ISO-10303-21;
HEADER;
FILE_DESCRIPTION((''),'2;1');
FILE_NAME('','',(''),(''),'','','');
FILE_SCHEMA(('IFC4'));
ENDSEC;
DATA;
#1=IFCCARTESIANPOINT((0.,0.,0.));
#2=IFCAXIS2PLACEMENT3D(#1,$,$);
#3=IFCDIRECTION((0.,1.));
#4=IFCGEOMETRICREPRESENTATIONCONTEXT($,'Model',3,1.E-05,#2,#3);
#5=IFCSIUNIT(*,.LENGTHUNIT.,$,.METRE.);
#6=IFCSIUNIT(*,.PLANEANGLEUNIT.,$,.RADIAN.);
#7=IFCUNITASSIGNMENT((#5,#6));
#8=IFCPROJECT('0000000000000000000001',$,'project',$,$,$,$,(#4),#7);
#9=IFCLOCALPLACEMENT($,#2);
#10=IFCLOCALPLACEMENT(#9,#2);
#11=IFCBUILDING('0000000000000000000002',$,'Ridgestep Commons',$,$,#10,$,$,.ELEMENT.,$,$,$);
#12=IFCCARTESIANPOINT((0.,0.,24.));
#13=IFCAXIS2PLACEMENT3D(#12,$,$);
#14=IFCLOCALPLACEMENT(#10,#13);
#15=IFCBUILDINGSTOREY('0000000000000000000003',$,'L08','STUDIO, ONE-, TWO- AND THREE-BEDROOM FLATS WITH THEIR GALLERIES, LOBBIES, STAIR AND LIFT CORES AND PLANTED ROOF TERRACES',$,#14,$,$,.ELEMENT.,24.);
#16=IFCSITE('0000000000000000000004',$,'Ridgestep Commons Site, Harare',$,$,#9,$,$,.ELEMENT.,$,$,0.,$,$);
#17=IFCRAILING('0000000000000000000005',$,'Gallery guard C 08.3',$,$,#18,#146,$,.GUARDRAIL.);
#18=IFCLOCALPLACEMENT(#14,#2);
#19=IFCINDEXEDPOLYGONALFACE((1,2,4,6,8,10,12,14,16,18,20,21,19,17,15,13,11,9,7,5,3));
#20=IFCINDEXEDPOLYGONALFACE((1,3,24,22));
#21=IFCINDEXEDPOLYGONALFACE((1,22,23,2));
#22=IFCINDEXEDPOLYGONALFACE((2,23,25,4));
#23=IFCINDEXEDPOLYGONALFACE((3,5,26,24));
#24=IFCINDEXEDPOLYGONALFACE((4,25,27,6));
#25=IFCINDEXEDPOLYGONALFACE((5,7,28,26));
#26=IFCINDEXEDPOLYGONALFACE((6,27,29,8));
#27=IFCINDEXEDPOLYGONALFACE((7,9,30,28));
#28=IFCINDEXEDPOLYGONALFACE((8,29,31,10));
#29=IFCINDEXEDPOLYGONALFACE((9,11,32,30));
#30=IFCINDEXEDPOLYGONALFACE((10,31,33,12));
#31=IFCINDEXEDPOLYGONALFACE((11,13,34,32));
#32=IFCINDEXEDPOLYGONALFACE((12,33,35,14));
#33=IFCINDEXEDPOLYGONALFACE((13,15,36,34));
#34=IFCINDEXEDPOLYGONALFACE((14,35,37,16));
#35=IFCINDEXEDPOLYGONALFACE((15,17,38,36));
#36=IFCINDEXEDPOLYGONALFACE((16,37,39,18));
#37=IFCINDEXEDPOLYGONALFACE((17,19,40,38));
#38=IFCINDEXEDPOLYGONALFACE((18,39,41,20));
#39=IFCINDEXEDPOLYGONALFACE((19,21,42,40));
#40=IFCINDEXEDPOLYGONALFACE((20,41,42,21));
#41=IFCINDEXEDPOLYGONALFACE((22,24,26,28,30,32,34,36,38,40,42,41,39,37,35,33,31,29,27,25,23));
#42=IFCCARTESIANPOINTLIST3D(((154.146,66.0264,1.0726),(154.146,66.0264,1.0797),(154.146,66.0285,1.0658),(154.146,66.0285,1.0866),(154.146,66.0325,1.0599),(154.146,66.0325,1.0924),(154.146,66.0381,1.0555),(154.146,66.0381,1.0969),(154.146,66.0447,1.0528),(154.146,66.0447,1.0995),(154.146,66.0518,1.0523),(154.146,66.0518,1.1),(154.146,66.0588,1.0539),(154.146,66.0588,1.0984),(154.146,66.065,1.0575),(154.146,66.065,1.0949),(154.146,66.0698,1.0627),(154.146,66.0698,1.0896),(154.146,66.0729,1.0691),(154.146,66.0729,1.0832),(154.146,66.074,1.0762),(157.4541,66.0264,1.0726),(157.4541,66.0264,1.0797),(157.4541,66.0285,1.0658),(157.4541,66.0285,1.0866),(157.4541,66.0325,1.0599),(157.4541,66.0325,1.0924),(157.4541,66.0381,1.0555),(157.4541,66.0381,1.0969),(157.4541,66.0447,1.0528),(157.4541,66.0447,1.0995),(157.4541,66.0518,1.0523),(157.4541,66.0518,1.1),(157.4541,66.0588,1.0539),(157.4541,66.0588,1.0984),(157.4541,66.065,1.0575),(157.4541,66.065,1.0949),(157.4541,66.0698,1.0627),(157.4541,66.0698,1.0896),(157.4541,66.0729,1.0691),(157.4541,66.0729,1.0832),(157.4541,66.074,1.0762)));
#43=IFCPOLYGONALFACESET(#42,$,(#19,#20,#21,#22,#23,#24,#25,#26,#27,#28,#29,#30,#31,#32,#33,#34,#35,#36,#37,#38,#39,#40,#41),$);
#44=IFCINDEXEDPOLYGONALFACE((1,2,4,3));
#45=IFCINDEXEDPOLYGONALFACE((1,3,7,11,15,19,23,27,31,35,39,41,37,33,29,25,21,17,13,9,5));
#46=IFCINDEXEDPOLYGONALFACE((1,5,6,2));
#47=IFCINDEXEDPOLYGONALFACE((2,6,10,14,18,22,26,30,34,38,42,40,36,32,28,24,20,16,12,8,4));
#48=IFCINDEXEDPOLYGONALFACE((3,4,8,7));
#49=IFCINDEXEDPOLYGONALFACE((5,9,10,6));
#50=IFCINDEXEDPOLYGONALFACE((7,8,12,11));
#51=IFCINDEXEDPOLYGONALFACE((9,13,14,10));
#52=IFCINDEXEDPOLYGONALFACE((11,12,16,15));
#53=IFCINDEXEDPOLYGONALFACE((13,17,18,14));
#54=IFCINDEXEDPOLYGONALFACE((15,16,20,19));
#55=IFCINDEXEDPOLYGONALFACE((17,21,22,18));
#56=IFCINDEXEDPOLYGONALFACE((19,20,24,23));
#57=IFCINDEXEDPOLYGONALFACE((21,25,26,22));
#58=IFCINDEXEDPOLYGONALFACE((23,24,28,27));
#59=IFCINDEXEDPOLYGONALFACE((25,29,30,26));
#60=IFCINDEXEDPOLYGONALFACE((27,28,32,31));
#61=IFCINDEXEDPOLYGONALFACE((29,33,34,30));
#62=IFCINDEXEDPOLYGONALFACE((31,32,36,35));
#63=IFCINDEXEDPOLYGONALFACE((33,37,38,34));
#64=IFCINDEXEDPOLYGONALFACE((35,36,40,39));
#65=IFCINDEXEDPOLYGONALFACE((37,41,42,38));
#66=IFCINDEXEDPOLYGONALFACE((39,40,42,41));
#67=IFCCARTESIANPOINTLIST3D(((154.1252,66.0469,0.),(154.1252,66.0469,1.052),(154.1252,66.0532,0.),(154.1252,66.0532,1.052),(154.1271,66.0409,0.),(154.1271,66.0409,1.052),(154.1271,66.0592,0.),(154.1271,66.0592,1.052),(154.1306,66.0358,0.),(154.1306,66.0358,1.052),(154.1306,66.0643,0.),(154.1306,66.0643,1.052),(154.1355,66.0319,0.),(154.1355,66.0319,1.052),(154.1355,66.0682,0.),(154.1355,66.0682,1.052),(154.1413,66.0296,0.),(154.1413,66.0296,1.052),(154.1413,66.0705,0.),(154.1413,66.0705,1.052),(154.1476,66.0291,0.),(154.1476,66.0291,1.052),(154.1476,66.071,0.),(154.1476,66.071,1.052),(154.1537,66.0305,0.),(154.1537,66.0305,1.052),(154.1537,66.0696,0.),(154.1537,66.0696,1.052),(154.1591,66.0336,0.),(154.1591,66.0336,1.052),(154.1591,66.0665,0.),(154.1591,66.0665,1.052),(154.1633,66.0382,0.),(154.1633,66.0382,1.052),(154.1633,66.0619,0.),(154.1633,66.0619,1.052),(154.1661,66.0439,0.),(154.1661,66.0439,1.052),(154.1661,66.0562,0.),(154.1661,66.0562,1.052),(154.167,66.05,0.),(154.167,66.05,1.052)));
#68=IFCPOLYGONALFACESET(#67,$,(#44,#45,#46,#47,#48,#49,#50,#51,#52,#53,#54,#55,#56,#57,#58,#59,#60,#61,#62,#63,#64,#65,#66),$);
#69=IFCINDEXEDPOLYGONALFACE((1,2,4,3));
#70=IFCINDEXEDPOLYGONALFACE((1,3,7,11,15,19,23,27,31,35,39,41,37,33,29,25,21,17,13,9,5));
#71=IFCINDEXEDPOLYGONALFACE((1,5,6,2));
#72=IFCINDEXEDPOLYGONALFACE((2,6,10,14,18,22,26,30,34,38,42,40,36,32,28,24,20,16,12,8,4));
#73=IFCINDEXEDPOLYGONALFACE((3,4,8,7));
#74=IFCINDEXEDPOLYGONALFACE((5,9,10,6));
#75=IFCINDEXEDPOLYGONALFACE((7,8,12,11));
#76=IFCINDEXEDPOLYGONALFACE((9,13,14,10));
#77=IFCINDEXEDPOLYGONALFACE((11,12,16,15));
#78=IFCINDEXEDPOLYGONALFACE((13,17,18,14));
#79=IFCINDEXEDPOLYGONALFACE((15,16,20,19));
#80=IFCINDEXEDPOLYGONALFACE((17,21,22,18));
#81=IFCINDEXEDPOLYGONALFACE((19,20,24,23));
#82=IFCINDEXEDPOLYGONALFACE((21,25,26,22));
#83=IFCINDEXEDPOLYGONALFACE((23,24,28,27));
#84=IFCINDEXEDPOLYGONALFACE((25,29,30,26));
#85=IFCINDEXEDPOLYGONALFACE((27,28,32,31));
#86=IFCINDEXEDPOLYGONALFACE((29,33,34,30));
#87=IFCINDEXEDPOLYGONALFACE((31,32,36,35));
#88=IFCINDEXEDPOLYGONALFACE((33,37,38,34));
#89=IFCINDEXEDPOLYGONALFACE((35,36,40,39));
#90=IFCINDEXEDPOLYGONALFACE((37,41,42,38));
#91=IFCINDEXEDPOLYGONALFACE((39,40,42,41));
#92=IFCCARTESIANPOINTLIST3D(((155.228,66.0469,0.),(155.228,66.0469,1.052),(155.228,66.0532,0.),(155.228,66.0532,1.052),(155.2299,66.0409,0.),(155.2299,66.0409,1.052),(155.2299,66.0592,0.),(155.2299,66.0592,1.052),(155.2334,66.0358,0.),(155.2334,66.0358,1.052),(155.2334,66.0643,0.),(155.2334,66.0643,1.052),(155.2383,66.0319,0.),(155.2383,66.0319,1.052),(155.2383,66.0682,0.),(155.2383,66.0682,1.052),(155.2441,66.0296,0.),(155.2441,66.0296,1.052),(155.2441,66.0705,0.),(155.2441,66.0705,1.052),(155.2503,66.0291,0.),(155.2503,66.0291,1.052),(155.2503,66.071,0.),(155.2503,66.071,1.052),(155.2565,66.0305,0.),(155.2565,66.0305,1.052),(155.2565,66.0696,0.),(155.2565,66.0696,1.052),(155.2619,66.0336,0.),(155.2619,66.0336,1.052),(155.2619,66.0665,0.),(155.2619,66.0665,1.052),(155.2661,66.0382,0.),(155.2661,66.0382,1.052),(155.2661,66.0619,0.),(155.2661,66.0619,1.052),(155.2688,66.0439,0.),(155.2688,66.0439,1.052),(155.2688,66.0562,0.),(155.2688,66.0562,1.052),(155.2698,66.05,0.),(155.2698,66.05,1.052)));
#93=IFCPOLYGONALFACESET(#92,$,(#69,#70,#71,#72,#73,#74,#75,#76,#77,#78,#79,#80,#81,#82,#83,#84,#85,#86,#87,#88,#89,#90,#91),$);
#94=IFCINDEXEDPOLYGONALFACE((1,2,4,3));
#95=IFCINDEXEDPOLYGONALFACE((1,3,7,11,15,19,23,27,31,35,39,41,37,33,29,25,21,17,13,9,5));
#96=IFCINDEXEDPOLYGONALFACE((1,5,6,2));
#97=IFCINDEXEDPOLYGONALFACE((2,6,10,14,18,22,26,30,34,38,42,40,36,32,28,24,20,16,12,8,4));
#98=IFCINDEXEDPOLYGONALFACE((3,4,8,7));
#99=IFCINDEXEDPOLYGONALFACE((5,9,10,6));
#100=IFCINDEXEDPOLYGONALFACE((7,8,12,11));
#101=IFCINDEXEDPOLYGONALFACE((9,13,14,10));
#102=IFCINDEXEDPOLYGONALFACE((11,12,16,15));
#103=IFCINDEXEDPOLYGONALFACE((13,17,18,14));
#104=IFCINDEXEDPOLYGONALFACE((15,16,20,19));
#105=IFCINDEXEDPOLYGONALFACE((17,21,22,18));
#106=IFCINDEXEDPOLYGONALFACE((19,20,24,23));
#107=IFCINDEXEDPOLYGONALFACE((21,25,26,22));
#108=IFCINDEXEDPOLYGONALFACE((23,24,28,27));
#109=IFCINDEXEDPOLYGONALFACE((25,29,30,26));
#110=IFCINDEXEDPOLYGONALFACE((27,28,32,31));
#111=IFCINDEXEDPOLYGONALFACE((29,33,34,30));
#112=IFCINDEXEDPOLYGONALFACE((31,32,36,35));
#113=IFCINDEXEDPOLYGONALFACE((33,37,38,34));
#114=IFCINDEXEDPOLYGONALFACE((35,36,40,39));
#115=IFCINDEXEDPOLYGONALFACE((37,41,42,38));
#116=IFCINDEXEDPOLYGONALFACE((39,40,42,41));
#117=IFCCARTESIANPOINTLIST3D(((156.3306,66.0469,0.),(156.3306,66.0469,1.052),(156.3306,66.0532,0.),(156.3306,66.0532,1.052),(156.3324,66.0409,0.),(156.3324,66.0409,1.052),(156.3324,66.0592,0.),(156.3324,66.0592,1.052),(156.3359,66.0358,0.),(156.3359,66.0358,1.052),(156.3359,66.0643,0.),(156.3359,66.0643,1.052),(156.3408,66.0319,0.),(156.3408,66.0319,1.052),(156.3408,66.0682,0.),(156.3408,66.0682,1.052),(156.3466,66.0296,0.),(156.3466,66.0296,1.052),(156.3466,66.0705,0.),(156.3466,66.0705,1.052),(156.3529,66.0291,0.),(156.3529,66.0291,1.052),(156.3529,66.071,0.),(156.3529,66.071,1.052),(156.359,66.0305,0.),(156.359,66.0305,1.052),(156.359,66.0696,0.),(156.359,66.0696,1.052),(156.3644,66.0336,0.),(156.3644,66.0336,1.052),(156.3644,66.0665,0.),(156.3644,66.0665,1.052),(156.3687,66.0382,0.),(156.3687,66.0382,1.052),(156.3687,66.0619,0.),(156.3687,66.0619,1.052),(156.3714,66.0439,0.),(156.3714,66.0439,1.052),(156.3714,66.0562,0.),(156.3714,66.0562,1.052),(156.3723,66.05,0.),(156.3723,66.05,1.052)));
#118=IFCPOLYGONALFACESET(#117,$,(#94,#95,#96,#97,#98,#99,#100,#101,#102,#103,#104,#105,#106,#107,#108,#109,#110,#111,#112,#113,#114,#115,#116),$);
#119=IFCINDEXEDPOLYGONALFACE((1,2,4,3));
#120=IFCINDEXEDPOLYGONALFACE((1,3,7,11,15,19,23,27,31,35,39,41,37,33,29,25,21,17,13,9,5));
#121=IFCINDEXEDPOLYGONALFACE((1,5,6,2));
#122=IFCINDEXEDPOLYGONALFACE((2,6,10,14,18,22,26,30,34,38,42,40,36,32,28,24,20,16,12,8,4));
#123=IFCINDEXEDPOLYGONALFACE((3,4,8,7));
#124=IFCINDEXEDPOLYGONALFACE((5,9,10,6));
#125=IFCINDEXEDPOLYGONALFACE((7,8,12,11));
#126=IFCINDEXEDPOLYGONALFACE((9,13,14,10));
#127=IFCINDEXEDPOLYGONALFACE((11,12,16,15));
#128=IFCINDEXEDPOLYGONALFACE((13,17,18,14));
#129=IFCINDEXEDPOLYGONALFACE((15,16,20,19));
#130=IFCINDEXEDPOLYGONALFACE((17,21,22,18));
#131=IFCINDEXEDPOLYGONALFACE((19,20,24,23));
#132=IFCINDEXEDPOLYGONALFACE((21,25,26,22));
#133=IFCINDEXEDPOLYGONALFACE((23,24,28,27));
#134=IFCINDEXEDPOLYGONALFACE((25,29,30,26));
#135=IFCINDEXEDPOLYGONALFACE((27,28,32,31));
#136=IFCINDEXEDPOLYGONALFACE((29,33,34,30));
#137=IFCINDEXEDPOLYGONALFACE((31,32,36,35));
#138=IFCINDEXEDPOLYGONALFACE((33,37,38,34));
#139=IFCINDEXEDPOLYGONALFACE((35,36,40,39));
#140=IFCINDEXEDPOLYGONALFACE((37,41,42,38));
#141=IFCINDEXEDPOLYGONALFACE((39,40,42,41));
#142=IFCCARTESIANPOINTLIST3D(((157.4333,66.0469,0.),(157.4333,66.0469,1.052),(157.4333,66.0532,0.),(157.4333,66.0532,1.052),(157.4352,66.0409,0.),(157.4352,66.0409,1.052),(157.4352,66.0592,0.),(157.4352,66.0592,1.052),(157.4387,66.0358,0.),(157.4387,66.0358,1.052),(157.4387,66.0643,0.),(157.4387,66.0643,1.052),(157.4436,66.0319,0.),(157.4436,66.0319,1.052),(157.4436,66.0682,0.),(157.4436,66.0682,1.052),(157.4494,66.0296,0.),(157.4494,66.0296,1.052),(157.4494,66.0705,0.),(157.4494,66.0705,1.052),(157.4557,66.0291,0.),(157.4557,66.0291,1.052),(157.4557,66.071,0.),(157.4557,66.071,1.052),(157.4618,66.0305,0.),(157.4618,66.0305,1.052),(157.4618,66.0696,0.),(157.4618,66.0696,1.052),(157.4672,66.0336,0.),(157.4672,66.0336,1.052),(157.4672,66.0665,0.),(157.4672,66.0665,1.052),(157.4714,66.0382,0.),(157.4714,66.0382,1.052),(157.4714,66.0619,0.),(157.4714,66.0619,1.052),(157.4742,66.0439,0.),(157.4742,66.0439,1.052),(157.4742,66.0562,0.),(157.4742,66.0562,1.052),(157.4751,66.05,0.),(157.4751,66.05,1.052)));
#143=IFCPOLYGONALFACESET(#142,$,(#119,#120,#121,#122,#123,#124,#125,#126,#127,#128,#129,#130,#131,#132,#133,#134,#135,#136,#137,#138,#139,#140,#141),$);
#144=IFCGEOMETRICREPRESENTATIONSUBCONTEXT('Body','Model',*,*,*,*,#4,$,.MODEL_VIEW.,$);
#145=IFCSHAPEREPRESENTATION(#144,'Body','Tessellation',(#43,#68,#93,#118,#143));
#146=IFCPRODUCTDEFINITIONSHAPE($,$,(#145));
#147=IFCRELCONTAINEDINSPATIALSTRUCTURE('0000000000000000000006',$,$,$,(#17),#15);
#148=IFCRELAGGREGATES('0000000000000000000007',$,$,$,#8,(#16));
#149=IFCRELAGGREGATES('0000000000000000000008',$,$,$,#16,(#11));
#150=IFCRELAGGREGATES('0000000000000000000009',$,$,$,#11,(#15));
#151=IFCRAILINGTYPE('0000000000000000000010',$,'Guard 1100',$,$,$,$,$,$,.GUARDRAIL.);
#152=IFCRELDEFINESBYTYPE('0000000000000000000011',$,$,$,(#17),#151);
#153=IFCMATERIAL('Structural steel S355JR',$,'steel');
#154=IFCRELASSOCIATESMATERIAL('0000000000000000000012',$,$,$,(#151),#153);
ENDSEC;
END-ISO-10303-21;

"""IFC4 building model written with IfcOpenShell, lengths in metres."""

from ifc_helpers import new_model, si_unit, direction, frame, origin, origin_2d, place, context, subcontext, project, spatial, circle, extrude, material, type_object, element, save


model = new_model("IFC4")

# Units and contexts
model_context = context("Model", 3, precision=1e-05, world=origin(), true_north=direction((0.0, 1.0)))
body_context = subcontext(model_context, "Body", "Model", "MODEL_VIEW")
ifc_project = project(units=[si_unit("LENGTHUNIT", "METRE"), si_unit("PLANEANGLEUNIT", "RADIAN")], contexts=[model_context])

# Site, building, storey
site_placement = place(None, origin())
site = spatial("IfcSite", under=ifc_project, at=site_placement, Name="Ridgestep Commons Site, Harare", CompositionType="ELEMENT", RefElevation=0.0)
building_placement = place(site_placement, origin())
building = spatial("IfcBuilding", under=site, at=building_placement, Name="Ridgestep Commons", CompositionType="ELEMENT")
storey_placement = place(building_placement, frame((0.0, 0.0, 24.0)))
storey = spatial("IfcBuildingStorey", under=building, at=storey_placement, Name="L08", Description="STUDIO, ONE-, TWO- AND THREE-BEDROOM FLATS WITH THEIR GALLERIES, LOBBIES, STAIR AND LIFT CORES AND PLANTED ROOF TERRACES", CompositionType="ELEMENT", Elevation=24.0)

# Railing
ifc_material_1 = material(Name="Structural steel S355JR", Category="steel")
railing_type = type_object("IfcRailingType", Name="Guard 1100", PredefinedType="GUARDRAIL", material=ifc_material_1)
for number, where, name in (
    (1, (154.146, 66.05, 0.0), "Gallery guard C 08.3"),
):
    element("IfcRailing", number, at=place(storey_placement, frame(where)), inside=storey, type_object=railing_type, Name=name, PredefinedType="GUARDRAIL", context=body_context, shape_type="SweptSolid", body=[
        extrude(circle(Radius=0.0239, at=origin_2d()), frame((0.0, 0.0, 1.0762), z_axis=(1.0, 0.0, 0.0), x_axis=(0.0, 1.0, 0.0)), (0.0, 0.0, 1.0), 3.3081),
        extrude(circle(Radius=0.021, at=origin_2d()), origin(), (0.0, 0.0, 1.0), 1.052),
        extrude(circle(Radius=0.021, at=origin_2d()), frame((1.1028, 0.0, 0.0)), (0.0, 0.0, 1.0), 1.052),
        extrude(circle(Radius=0.021, at=origin_2d()), frame((2.2053, 0.0, 0.0)), (0.0, 0.0, 1.0), 1.052),
        extrude(circle(Radius=0.021, at=origin_2d()), frame((3.3081, 0.0, 0.0)), (0.0, 0.0, 1.0), 1.052),
    ])

save(model, "model.ifc")
